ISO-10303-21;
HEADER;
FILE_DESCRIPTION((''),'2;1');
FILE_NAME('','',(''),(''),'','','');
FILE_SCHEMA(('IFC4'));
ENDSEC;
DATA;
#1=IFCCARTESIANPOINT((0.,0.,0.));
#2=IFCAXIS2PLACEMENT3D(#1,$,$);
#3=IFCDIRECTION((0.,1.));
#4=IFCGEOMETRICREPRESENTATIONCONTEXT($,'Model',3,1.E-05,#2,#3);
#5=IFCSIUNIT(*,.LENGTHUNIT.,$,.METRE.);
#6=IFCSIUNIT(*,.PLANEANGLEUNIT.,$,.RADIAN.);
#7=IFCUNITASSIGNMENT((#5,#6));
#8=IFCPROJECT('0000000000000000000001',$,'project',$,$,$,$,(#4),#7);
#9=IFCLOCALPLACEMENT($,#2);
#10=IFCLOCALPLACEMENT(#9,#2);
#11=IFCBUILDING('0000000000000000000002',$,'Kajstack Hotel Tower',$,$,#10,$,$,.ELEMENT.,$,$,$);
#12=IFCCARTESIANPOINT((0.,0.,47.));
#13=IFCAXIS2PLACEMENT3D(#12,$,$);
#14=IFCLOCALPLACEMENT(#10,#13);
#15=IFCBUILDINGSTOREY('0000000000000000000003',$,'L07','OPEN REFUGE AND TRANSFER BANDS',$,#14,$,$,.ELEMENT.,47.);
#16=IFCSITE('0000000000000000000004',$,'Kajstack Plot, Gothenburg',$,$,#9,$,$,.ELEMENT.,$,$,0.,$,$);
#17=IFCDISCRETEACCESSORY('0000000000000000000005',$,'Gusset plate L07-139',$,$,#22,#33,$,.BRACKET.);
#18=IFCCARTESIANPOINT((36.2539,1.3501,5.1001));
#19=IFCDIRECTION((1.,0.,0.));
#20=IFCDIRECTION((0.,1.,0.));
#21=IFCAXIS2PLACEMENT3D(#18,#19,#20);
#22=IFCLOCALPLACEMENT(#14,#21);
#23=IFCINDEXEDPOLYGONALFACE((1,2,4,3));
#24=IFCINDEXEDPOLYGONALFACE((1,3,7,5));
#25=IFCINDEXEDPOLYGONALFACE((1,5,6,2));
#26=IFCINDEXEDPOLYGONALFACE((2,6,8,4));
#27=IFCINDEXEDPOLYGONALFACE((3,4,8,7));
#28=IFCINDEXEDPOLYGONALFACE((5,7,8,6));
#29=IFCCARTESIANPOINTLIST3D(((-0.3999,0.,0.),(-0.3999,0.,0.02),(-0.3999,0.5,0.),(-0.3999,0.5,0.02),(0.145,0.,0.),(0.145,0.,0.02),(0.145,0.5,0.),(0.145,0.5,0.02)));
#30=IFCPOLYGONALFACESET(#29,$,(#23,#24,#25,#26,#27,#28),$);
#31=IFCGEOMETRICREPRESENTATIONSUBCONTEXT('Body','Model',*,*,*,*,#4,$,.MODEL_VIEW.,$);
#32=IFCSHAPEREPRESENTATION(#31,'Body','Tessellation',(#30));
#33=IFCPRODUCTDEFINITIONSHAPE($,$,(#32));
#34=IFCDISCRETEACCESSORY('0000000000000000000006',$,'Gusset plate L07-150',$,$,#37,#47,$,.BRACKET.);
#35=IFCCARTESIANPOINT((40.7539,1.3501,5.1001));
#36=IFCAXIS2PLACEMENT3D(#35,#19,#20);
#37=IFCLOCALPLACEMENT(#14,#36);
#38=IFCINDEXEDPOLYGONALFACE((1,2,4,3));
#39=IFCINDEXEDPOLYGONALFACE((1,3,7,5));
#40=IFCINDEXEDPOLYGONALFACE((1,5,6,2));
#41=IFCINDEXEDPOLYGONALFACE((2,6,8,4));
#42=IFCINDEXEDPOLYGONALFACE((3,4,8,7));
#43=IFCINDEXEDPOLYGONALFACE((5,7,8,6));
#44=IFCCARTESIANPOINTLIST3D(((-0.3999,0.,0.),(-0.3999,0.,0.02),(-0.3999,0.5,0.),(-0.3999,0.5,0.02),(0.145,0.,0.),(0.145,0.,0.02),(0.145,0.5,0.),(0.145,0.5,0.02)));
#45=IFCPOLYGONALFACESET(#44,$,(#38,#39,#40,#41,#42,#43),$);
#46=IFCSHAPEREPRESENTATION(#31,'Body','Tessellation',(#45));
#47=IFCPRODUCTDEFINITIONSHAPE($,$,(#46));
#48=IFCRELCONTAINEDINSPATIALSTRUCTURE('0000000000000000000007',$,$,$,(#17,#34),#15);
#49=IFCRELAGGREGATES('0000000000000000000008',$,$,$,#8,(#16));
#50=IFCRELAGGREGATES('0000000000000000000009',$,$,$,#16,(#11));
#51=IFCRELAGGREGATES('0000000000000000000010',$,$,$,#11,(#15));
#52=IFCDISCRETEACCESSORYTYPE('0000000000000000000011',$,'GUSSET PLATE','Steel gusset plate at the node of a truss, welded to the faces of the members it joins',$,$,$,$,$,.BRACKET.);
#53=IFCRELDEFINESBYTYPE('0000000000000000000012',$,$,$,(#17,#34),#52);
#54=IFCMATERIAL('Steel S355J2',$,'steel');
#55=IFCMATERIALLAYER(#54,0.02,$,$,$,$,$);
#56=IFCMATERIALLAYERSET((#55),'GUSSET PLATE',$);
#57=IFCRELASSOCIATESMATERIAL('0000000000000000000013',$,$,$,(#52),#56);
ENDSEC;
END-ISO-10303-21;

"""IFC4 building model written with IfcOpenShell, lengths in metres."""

from ifc_helpers import new_model, si_unit, direction, frame, origin, place, context, subcontext, project, spatial, polyline, outline, extrude, material, layer, layer_set, type_object, element, save


model = new_model("IFC4")

# Units and contexts
model_context = context("Model", 3, precision=1e-05, world=origin(), true_north=direction((0.0, 1.0)))
body_context = subcontext(model_context, "Body", "Model", "MODEL_VIEW")
ifc_project = project(units=[si_unit("LENGTHUNIT", "METRE"), si_unit("PLANEANGLEUNIT", "RADIAN")], contexts=[model_context])

# Site, building, storey
site_placement = place(None, origin())
site = spatial("IfcSite", under=ifc_project, at=site_placement, Name="Kajstack Plot, Gothenburg", CompositionType="ELEMENT", RefElevation=0.0)
building_placement = place(site_placement, origin())
building = spatial("IfcBuilding", under=site, at=building_placement, Name="Kajstack Hotel Tower", CompositionType="ELEMENT")
storey_placement = place(building_placement, frame((0.0, 0.0, 47.0)))
storey = spatial("IfcBuildingStorey", under=building, at=storey_placement, Name="L07", Description="OPEN REFUGE AND TRANSFER BANDS", CompositionType="ELEMENT", Elevation=47.0)

# Shared definitions
ifc_material_1 = material(Name="Steel S355J2", Category="steel")

# Discrete accessories
ifc_layer_1 = layer(ifc_material_1, 0.02)
ifc_layer_set_1 = layer_set([ifc_layer_1], Name="GUSSET PLATE")
discrete_accessory_type = type_object("IfcDiscreteAccessoryType", Name="GUSSET PLATE", Description="Steel gusset plate at the node of a truss, welded to the faces of the members it joins", PredefinedType="BRACKET", material=ifc_layer_set_1)
discrete_accessory_1_placement = place(storey_placement, frame((36.2539, 1.3501, 5.1001), z_axis=(1.0, 0.0, 0.0), x_axis=(0.0, 1.0, 0.0)))
element("IfcDiscreteAccessory", 1, at=discrete_accessory_1_placement, inside=storey, type_object=discrete_accessory_type, Name="Gusset plate L07-139", PredefinedType="BRACKET", context=body_context, shape_type="SweptSolid", body=[
    extrude(outline(polyline([(-0.3999, 0.0), (0.145, 0.0), (0.145, 0.5), (-0.3999, 0.5), (-0.3999, 0.0)])), origin(), (0.0, 0.0, 1.0), 0.02),
])
discrete_accessory_2_placement = place(storey_placement, frame((40.7539, 1.3501, 5.1001), z_axis=(1.0, 0.0, 0.0), x_axis=(0.0, 1.0, 0.0)))
element("IfcDiscreteAccessory", 2, at=discrete_accessory_2_placement, inside=storey, type_object=discrete_accessory_type, Name="Gusset plate L07-150", PredefinedType="BRACKET", context=body_context, shape_type="SweptSolid", body=[
    extrude(outline(polyline([(-0.3999, 0.0), (0.145, 0.0), (0.145, 0.5), (-0.3999, 0.5), (-0.3999, 0.0)])), origin(), (0.0, 0.0, 1.0), 0.02),
])

save(model, "model.ifc")
